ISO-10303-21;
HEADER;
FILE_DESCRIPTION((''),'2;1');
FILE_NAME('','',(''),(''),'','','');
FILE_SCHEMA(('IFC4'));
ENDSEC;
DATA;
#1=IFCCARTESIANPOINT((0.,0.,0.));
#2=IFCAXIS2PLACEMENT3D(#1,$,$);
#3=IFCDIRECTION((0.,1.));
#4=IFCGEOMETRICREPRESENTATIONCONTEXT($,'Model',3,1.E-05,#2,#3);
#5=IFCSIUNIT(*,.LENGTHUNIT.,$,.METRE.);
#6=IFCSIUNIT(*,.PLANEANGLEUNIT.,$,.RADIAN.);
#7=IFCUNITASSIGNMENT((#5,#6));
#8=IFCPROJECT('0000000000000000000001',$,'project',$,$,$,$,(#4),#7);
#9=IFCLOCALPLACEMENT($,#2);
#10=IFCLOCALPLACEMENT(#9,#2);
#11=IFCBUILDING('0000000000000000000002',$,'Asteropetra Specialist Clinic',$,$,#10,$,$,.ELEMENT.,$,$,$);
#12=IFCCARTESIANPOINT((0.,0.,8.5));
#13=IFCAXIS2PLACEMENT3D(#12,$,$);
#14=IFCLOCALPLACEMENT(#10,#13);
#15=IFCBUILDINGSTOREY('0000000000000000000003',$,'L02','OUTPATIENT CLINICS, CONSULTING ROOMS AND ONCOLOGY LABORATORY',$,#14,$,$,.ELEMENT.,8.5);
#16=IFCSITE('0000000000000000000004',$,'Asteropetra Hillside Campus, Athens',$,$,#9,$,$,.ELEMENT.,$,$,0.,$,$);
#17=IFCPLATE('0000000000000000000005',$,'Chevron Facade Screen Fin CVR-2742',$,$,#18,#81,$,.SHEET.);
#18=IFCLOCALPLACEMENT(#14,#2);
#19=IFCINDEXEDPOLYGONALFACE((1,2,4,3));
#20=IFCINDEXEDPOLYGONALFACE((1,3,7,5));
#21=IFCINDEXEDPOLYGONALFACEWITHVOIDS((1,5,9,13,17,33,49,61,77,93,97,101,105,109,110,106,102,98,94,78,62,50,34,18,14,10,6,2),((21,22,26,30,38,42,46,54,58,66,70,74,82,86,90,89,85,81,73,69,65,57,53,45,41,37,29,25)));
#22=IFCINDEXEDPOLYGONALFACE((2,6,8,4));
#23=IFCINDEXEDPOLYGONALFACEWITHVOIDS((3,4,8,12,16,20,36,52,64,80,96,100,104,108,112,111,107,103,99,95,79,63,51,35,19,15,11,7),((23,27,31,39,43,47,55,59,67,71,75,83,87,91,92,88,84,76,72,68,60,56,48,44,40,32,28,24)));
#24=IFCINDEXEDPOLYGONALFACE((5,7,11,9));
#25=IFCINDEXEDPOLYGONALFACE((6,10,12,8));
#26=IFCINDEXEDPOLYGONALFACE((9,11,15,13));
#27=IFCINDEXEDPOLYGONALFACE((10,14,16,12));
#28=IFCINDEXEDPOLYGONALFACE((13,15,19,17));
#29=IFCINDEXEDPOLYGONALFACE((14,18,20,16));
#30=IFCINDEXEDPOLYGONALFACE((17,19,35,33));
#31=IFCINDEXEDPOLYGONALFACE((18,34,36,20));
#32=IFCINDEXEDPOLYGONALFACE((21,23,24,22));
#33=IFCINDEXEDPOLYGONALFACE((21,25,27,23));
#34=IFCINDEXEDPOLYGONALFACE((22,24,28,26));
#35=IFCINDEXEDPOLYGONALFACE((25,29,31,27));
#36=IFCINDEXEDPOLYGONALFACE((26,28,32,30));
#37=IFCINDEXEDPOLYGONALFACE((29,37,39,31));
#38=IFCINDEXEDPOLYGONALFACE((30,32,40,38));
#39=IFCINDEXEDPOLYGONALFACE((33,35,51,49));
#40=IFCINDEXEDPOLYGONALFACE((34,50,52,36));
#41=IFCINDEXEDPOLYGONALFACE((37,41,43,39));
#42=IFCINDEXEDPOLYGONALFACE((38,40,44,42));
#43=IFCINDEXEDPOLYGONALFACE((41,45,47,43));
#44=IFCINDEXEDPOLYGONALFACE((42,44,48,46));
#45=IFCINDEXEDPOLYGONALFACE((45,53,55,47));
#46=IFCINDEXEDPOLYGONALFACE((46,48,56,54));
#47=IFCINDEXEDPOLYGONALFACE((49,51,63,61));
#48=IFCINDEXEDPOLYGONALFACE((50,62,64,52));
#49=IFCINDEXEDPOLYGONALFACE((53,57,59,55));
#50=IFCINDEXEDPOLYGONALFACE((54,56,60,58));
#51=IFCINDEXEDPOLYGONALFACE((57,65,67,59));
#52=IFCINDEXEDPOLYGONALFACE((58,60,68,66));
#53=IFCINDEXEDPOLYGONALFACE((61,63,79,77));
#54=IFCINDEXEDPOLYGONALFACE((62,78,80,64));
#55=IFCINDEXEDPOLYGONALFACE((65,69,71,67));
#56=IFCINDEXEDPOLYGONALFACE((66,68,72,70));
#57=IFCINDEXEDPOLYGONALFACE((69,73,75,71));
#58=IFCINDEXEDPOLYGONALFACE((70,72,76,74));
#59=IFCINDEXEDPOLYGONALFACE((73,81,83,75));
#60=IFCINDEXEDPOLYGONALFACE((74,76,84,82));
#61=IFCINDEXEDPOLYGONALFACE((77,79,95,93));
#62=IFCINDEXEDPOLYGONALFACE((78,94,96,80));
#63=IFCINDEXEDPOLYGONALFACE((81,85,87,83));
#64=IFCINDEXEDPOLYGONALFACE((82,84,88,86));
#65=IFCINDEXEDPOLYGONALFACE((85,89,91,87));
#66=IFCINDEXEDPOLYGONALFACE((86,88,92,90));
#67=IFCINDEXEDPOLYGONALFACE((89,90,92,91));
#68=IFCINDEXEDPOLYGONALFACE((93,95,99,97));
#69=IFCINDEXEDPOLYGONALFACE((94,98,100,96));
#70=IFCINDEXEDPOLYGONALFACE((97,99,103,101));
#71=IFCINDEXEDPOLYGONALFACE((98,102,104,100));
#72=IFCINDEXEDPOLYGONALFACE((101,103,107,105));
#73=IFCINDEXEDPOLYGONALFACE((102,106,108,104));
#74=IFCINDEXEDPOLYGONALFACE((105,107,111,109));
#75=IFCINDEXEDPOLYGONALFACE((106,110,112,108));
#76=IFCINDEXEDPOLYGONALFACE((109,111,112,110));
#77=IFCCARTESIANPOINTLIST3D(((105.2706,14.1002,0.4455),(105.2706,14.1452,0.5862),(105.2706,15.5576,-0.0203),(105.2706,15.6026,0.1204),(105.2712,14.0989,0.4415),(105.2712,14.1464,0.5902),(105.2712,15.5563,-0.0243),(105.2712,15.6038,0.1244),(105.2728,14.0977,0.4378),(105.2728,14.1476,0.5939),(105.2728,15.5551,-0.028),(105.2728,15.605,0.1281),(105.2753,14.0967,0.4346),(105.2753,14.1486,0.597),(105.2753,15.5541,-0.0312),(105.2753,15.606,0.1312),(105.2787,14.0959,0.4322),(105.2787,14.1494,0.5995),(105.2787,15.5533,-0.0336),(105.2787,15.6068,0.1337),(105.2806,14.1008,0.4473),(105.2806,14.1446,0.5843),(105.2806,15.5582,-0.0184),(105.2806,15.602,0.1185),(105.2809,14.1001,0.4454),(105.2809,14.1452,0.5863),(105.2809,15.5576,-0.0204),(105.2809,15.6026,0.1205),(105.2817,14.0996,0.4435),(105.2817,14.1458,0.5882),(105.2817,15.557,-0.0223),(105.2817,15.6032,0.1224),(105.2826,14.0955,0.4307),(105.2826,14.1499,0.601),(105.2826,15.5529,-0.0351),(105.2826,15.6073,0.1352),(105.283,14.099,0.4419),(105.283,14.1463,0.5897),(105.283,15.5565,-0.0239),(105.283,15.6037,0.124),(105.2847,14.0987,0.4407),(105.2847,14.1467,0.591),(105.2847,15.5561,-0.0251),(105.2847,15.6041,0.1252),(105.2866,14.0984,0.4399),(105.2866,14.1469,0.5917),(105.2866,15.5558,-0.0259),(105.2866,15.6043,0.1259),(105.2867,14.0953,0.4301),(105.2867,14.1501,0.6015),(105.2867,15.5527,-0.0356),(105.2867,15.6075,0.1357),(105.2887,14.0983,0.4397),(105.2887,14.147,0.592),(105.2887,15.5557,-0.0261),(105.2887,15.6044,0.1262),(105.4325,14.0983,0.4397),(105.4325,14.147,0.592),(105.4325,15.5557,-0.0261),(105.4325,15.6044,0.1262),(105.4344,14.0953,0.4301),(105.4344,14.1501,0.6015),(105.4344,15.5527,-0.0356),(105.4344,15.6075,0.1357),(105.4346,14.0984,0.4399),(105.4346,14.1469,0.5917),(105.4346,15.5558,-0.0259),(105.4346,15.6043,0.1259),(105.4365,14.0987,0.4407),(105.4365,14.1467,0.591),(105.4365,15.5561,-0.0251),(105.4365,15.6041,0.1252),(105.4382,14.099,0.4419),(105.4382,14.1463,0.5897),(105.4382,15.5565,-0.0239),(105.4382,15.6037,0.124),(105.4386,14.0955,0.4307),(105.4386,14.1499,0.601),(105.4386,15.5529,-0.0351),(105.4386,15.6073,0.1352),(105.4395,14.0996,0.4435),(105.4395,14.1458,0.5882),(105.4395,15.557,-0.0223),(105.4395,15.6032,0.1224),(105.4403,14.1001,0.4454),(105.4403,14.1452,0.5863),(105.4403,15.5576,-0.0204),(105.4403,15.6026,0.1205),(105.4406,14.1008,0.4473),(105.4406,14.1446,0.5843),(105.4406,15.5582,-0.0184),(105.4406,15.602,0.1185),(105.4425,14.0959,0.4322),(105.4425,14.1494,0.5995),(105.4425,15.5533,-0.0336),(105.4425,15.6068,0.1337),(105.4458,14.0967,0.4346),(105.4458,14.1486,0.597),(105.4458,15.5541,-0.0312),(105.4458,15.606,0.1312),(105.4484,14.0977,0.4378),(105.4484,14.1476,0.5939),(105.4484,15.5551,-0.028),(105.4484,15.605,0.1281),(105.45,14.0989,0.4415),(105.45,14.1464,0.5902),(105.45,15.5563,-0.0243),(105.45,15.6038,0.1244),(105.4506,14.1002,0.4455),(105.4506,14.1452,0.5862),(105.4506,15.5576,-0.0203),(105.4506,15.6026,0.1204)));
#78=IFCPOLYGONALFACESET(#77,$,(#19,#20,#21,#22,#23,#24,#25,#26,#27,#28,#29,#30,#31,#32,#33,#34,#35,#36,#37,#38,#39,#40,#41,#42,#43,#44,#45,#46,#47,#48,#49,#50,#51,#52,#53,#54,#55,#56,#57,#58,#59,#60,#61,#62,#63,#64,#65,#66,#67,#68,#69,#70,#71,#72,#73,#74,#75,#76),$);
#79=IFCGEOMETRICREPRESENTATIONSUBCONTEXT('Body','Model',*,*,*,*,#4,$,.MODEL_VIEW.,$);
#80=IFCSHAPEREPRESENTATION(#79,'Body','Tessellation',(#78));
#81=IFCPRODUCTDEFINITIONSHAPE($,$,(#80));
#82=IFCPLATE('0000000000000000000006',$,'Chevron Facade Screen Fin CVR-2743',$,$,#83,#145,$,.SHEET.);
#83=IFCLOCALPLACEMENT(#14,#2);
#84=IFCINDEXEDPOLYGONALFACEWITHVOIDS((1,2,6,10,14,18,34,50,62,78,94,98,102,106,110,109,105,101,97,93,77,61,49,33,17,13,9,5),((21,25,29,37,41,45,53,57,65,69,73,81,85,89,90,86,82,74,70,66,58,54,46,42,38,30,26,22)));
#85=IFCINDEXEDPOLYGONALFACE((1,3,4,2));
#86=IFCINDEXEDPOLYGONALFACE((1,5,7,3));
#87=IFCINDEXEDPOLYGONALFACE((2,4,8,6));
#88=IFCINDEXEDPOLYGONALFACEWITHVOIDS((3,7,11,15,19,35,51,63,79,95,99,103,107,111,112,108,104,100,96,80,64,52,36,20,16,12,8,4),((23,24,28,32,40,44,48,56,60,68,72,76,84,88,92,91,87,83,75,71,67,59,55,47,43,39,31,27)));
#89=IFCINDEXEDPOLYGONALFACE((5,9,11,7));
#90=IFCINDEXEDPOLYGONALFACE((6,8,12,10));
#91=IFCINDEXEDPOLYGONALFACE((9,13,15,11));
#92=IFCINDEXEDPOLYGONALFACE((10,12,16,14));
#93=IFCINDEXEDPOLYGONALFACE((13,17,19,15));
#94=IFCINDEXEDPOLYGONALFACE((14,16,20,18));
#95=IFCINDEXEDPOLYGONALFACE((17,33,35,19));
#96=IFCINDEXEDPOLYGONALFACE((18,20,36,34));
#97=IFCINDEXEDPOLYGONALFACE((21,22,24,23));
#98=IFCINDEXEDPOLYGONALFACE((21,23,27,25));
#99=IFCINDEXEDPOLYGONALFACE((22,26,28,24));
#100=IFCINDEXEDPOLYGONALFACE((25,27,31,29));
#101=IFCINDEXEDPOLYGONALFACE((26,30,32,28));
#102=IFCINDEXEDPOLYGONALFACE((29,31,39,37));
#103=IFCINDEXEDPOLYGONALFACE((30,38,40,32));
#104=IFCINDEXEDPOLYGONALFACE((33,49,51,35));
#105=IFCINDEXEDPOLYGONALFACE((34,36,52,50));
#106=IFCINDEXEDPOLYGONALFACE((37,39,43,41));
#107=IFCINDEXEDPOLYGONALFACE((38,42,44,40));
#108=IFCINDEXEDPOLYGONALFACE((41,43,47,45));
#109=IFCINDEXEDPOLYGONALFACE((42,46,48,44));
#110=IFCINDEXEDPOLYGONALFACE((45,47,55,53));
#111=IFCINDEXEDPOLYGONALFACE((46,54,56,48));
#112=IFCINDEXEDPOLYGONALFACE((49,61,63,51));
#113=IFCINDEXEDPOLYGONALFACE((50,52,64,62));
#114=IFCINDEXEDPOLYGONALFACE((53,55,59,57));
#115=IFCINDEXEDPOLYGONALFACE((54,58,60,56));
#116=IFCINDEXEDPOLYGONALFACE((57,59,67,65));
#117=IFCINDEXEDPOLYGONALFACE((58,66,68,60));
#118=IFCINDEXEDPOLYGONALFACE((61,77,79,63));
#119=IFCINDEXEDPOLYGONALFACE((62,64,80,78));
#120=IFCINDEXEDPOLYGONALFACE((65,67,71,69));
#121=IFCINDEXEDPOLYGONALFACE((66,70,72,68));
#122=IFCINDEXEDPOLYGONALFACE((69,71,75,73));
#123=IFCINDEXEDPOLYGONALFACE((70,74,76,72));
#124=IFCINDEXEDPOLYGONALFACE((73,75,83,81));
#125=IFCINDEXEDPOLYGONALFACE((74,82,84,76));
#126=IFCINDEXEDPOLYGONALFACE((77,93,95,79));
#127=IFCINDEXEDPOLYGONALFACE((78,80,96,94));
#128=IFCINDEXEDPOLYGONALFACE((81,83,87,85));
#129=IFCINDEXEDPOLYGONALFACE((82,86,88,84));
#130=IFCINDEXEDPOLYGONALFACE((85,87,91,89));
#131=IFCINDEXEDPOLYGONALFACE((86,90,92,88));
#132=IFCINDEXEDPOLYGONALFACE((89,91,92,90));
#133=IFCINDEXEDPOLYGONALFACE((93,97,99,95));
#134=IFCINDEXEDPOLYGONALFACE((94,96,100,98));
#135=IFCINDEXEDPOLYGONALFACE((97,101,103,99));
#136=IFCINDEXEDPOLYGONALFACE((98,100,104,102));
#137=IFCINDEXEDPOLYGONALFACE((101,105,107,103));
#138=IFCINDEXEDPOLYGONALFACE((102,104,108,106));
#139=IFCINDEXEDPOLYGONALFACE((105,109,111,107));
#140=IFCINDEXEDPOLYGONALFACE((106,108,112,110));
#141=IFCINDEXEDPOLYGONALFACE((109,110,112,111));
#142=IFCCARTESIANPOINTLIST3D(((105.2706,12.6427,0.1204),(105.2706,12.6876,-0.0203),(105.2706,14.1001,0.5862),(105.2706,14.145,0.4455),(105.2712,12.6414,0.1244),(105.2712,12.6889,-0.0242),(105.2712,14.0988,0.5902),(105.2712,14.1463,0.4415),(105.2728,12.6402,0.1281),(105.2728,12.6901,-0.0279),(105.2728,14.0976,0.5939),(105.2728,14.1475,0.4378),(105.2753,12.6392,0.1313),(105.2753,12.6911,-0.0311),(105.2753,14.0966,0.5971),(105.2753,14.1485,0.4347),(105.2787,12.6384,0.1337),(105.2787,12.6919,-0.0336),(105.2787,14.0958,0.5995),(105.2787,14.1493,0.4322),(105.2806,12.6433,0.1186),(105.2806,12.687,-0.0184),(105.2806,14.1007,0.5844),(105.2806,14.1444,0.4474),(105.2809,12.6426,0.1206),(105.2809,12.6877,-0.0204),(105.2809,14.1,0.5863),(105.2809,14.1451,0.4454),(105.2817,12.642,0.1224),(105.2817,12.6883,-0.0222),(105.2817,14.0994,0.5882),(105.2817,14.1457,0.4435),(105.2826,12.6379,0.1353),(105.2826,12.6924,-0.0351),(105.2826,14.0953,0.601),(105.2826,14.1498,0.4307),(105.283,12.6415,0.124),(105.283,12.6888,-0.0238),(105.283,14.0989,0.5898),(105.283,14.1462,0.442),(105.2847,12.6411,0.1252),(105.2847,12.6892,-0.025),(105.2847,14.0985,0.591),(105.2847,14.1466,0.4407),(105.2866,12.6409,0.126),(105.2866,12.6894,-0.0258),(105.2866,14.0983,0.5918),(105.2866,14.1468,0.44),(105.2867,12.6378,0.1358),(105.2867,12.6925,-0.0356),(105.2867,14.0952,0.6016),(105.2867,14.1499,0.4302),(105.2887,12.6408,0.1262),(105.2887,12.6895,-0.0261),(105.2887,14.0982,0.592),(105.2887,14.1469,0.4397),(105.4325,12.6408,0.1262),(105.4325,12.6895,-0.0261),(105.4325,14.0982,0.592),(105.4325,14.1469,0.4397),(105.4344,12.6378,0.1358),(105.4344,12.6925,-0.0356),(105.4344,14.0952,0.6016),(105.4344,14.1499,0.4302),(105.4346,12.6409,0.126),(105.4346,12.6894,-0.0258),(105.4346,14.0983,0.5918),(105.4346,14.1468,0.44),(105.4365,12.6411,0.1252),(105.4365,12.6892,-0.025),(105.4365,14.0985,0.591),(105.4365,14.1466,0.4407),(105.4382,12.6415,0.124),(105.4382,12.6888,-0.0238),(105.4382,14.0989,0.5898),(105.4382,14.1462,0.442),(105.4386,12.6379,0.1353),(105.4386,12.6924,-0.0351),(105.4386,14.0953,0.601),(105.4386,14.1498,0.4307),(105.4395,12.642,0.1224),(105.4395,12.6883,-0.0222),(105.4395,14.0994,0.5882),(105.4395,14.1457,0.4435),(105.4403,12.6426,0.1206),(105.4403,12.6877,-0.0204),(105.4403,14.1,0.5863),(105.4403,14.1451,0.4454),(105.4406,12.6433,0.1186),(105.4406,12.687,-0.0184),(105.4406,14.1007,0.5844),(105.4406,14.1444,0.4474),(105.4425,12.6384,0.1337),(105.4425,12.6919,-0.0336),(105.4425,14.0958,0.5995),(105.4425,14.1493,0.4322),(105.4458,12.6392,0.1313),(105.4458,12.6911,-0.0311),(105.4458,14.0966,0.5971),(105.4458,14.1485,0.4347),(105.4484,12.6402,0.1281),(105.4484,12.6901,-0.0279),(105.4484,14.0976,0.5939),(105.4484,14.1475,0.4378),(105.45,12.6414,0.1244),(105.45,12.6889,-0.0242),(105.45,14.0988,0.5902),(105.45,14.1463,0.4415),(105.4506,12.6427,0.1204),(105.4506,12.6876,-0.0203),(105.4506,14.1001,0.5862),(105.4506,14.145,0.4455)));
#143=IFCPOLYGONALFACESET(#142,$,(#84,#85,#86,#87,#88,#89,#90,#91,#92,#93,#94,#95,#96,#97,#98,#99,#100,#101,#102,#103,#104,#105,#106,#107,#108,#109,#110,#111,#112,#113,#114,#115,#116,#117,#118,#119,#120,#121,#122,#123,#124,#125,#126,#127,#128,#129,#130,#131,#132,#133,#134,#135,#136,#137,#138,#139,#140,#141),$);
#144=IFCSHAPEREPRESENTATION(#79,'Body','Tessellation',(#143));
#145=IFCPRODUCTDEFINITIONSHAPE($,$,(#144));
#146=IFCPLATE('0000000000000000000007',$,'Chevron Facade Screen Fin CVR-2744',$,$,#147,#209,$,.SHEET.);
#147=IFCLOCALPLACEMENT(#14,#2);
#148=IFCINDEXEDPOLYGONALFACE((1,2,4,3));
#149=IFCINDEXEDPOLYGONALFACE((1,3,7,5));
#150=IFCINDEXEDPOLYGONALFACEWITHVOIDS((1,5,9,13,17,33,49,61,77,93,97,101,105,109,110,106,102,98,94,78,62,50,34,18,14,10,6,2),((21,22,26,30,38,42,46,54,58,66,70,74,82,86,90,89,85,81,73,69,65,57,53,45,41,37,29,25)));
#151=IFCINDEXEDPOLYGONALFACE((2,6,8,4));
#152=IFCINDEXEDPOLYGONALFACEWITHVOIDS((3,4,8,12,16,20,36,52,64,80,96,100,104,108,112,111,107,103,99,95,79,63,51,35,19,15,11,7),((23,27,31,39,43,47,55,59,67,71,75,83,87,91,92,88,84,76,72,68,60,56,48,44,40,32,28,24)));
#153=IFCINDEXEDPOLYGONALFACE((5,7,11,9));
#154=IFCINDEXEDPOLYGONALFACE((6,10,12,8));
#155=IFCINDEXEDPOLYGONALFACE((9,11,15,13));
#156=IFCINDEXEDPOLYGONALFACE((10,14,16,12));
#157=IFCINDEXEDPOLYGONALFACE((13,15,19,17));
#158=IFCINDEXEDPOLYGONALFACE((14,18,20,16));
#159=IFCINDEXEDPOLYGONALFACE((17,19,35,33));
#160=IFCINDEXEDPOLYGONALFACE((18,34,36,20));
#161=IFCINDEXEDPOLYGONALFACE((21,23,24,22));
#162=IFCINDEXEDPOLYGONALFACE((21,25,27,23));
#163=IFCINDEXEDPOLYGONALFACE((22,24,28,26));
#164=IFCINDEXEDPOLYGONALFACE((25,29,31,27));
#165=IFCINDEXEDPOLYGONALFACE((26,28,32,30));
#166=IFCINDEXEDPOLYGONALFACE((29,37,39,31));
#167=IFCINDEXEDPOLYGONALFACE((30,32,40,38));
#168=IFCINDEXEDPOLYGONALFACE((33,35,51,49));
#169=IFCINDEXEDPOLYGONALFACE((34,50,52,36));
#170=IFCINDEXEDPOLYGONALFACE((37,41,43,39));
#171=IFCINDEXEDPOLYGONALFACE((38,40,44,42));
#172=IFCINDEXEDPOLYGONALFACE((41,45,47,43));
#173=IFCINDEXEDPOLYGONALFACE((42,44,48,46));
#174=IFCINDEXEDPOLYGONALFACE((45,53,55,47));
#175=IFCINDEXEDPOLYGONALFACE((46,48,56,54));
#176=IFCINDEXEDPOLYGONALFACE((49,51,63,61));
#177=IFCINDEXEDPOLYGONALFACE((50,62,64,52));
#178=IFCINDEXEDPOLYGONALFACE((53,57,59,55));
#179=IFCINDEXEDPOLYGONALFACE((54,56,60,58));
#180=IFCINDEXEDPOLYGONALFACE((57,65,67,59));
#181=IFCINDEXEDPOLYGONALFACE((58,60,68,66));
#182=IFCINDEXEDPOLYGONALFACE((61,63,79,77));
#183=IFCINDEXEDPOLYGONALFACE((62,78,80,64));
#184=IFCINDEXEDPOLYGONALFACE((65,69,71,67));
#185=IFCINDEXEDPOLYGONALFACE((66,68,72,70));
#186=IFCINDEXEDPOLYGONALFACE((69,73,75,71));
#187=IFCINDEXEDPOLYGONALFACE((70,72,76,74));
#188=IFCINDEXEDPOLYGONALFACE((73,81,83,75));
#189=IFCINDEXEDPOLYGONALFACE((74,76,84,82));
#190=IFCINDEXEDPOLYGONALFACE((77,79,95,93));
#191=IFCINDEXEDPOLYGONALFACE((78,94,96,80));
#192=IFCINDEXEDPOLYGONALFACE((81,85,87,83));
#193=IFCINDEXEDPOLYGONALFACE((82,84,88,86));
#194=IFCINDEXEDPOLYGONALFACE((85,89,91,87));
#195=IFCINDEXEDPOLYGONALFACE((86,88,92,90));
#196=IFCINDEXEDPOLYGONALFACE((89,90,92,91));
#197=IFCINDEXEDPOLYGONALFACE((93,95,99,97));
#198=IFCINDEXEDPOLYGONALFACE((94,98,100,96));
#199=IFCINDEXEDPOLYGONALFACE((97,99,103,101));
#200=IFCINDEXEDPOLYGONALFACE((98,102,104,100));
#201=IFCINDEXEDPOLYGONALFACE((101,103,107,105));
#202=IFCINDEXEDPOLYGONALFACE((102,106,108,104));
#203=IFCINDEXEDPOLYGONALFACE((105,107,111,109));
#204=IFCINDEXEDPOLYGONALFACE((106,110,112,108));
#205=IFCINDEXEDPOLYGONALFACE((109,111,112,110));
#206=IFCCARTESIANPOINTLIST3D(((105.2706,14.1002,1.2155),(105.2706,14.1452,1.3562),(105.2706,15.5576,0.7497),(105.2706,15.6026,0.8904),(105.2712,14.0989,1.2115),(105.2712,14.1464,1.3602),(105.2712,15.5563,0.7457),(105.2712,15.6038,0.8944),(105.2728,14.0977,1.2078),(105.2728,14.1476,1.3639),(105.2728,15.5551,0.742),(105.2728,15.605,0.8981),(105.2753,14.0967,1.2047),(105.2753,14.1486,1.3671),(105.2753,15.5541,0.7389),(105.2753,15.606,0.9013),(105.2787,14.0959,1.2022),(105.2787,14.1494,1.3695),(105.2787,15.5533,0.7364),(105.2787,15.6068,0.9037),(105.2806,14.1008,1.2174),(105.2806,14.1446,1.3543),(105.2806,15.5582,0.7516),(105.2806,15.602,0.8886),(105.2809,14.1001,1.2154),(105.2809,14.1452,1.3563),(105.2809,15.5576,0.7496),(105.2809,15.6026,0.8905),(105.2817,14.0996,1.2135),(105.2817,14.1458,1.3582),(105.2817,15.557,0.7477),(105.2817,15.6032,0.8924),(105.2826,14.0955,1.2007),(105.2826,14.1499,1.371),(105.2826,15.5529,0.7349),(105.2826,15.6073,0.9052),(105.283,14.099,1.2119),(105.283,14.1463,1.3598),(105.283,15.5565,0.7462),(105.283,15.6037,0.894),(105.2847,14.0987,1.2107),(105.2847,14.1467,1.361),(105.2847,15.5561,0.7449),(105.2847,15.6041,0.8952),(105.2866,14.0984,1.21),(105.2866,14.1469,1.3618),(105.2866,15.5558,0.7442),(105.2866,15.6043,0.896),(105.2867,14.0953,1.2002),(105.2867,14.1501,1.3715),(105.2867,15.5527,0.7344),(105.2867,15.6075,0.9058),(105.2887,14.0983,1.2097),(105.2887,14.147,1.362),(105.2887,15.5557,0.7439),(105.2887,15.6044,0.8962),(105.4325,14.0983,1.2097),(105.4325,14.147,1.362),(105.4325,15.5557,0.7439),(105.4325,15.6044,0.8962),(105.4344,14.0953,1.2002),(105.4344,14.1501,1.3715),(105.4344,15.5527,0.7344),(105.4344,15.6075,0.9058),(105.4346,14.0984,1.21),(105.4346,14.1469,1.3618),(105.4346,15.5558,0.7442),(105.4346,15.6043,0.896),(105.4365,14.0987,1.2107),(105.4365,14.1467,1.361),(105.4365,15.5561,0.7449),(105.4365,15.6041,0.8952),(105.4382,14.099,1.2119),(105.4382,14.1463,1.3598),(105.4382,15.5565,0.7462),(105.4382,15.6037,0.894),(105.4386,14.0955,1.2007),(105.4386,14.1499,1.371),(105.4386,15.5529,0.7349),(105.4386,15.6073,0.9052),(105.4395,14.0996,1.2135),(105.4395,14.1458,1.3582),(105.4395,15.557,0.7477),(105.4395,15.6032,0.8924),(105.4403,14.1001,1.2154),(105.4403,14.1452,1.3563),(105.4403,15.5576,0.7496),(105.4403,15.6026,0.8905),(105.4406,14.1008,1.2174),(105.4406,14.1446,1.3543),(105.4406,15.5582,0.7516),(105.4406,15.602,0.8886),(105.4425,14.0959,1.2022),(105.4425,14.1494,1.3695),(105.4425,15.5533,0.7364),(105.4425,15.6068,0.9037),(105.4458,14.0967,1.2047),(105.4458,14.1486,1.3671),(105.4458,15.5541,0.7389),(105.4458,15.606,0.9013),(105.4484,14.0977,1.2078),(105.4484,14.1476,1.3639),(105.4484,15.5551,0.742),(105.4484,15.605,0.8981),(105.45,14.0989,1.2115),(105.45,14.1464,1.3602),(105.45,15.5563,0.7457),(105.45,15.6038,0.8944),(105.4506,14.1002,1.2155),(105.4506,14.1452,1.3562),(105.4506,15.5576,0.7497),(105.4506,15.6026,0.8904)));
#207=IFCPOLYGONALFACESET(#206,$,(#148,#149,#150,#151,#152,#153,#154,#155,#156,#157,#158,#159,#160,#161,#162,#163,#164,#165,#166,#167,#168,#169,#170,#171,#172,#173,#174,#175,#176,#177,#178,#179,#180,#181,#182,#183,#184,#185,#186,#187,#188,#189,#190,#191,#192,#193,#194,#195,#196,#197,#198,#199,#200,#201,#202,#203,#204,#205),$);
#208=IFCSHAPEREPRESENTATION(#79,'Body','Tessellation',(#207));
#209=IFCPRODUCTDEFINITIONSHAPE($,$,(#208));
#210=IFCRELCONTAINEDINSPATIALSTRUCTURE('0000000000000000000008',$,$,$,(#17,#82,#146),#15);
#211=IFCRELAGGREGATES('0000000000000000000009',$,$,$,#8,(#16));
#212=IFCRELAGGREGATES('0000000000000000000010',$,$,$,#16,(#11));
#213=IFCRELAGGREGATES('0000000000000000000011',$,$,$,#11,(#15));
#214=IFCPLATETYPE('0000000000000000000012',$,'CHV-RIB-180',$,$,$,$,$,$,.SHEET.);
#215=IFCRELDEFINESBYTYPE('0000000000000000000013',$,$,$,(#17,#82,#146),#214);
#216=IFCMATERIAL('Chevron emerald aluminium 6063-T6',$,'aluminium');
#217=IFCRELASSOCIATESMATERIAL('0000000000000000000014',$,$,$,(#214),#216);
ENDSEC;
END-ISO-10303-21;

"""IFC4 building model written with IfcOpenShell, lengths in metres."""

from ifc_helpers import new_model, si_unit, direction, frame, origin, origin_2d, place, context, subcontext, project, spatial, hollow_rectangle, extrude, material, material_profile, profile_set, type_object, element, save


model = new_model("IFC4")

# Units and contexts
model_context = context("Model", 3, precision=1e-05, world=origin(), true_north=direction((0.0, 1.0)))
body_context = subcontext(model_context, "Body", "Model", "MODEL_VIEW")
ifc_project = project(units=[si_unit("LENGTHUNIT", "METRE"), si_unit("PLANEANGLEUNIT", "RADIAN")], contexts=[model_context])

# Site, building, storey
site_placement = place(None, origin())
site = spatial("IfcSite", under=ifc_project, at=site_placement, Name="Asteropetra Hillside Campus, Athens", CompositionType="ELEMENT", RefElevation=0.0)
building_placement = place(site_placement, origin())
building = spatial("IfcBuilding", under=site, at=building_placement, Name="Asteropetra Specialist Clinic", CompositionType="ELEMENT")
storey_placement = place(building_placement, frame((0.0, 0.0, 8.5)))
storey = spatial("IfcBuildingStorey", under=building, at=storey_placement, Name="L02", Description="OUTPATIENT CLINICS, CONSULTING ROOMS AND ONCOLOGY LABORATORY", CompositionType="ELEMENT", Elevation=8.5)

# Plates
ifc_material_1 = material(Name="Chevron emerald aluminium 6063-T6", Category="aluminium")
ifc_material_profile = material_profile(ifc_material_1, hollow_rectangle(XDim=0.1799, YDim=0.1799, WallThickness=0.01, InnerFilletRadius=0.0081, OuterFilletRadius=0.0161, at=origin_2d()), Name="SHS 180x180x10.0")
ifc_profile_set = profile_set([ifc_material_profile], Name="Chevron emerald aluminium 6063-T6")
plate_type = type_object("IfcPlateType", Name="CHV-RIB-180", PredefinedType="SHEET", material=ifc_profile_set)
for number, where, z_axis, x_axis, name in (
    (1, (105.3606, 15.5801, 0.05), (0.0, -0.952535, 0.304428), (1.0, 0.0, 0.0), "Chevron Facade Screen Fin CVR-2742"),
    (2, (105.3606, 14.1226, 0.5159), (0.0, -0.952535, -0.304428), (1.0, 0.0, 0.0), "Chevron Facade Screen Fin CVR-2743"),
    (3, (105.3606, 15.5801, 0.8201), (0.0, -0.952535, 0.304428), (1.0, 0.0, 0.0), "Chevron Facade Screen Fin CVR-2744"),
):
    element("IfcPlate", number, at=place(storey_placement, frame(where, z_axis=z_axis, x_axis=x_axis)), inside=storey, type_object=plate_type, Name=name, PredefinedType="SHEET", context=body_context, shape_type="SweptSolid", body=[
        extrude(hollow_rectangle(XDim=0.1799, YDim=0.1799, WallThickness=0.01, InnerFilletRadius=0.0081, OuterFilletRadius=0.0161, at=origin_2d()), origin(), (0.0, 0.0, 1.0), 1.53),
    ])

save(model, "model.ifc")
